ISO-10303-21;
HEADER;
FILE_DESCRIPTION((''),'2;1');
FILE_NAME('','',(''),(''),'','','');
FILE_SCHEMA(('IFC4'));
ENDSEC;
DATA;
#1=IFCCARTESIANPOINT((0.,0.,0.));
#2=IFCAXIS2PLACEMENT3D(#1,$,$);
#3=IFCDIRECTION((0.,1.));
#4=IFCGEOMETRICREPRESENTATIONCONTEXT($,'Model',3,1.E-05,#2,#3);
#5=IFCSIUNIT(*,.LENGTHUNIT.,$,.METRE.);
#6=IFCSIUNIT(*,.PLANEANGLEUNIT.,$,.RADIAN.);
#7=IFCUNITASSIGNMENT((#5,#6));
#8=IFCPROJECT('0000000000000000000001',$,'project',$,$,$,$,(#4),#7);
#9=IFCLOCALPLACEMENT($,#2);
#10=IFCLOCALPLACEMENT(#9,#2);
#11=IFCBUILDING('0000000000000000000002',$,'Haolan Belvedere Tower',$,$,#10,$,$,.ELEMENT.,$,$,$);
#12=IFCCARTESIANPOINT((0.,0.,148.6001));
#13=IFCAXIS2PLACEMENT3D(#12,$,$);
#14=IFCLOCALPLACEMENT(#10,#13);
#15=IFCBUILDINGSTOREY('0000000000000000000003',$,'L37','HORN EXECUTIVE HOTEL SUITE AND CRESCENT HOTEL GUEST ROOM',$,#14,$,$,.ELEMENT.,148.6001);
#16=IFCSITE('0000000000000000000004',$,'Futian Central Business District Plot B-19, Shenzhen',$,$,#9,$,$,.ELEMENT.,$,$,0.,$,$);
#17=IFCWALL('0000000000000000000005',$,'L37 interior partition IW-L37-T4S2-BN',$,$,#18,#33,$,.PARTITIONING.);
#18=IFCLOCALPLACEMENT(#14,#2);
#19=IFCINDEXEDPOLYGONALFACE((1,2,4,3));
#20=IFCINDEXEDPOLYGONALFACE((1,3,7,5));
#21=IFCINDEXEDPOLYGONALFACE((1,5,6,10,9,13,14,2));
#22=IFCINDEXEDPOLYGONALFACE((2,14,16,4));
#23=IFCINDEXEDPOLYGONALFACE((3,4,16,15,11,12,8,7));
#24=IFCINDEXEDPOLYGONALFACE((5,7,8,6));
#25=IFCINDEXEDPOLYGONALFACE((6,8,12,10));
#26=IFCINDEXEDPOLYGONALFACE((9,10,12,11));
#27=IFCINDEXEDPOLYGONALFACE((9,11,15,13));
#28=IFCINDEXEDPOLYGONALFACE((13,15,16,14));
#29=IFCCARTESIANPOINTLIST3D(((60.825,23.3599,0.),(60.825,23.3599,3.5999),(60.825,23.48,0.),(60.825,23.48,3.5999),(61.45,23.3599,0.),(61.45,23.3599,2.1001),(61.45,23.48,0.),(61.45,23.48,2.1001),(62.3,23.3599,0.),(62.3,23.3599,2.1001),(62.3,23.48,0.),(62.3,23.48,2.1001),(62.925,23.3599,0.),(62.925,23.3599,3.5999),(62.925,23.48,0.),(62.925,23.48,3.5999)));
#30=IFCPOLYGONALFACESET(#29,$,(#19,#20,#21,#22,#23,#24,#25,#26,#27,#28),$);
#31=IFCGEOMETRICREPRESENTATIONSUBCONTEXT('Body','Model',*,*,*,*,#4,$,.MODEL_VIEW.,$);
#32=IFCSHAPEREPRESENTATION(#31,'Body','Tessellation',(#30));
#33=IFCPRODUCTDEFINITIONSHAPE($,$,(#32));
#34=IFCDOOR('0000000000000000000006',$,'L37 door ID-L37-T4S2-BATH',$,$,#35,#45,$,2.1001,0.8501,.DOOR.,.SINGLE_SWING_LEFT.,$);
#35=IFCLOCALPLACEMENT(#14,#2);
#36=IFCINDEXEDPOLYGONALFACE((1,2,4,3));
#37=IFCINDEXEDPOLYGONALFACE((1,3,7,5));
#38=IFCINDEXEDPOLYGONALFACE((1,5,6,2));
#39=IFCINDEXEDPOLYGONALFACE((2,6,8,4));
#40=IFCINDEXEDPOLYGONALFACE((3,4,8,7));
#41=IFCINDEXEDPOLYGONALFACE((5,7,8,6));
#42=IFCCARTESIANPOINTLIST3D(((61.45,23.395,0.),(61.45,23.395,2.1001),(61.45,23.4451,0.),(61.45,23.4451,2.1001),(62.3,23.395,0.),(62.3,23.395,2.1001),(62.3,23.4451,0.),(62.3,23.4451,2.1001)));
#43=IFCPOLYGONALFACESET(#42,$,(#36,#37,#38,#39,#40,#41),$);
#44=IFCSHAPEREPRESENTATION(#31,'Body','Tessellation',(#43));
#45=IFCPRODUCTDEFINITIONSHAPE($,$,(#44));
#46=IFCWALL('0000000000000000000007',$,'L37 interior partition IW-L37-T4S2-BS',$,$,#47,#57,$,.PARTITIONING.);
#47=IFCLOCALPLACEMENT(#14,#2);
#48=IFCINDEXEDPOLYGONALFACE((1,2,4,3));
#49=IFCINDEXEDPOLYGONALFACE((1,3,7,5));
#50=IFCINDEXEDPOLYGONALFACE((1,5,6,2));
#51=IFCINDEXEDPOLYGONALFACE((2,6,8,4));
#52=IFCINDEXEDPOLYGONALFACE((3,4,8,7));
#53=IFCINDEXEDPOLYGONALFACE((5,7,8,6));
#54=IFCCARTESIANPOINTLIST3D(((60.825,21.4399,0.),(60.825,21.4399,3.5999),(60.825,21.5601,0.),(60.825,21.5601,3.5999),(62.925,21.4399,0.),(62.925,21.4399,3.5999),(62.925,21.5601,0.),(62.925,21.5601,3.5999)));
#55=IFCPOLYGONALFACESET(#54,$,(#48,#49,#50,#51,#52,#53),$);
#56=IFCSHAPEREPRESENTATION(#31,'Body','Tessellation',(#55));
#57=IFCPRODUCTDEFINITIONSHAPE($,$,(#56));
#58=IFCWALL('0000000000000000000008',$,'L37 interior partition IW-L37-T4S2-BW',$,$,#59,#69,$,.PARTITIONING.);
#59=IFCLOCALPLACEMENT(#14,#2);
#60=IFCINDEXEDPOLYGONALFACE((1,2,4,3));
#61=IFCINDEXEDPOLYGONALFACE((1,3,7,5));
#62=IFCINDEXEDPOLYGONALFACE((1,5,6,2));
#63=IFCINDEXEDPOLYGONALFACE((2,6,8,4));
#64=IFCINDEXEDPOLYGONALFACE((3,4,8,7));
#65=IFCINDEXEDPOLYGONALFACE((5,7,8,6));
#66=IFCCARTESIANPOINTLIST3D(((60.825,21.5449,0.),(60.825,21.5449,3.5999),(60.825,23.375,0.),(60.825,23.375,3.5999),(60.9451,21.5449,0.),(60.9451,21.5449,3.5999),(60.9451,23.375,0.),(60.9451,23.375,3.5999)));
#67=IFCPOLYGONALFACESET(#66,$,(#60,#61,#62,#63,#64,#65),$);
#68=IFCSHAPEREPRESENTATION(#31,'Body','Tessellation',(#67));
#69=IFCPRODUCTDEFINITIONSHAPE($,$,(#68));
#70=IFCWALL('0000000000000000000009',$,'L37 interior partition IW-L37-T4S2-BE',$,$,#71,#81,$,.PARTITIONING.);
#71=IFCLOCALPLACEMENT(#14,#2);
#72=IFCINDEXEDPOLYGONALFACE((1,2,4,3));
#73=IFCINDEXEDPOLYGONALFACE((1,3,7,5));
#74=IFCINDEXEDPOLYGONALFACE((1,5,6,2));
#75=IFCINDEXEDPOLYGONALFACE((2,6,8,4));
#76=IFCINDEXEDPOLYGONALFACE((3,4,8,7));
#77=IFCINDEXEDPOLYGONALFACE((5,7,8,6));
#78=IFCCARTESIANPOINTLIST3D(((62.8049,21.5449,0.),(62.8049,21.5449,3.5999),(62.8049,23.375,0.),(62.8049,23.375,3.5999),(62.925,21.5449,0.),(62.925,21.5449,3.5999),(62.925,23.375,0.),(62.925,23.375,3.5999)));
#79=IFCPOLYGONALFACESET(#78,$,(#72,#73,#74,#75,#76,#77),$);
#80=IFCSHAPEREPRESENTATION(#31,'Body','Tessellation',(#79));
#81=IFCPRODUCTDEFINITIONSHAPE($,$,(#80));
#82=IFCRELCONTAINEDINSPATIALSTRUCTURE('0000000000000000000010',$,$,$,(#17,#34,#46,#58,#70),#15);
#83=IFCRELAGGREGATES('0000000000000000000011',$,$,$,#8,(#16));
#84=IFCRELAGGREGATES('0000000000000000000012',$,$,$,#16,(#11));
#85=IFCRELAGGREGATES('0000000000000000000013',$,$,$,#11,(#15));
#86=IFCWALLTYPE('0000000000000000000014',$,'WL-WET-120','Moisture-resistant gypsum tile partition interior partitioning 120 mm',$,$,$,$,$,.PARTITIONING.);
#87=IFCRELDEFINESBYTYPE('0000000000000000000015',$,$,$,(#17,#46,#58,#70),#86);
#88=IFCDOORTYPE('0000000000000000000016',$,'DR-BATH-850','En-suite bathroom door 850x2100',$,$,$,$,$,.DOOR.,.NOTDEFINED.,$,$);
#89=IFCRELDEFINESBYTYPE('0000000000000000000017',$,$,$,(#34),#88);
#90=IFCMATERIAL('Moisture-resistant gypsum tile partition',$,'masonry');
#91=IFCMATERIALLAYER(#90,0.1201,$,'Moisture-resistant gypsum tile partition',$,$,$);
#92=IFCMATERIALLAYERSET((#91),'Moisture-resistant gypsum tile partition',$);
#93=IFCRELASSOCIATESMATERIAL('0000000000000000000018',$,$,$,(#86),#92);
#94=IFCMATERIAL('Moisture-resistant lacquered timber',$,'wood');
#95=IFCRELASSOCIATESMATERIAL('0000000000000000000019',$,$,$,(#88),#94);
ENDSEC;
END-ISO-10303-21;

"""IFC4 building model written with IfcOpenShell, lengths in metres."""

from ifc_helpers import new_model, si_unit, direction, frame, frame_2d, origin, place, context, subcontext, project, spatial, rectangle, extrude, material, layer, layer_set, type_object, element, fill, save


model = new_model("IFC4")

# Units and contexts
model_context = context("Model", 3, precision=1e-05, world=origin(), true_north=direction((0.0, 1.0)))
body_context = subcontext(model_context, "Body", "Model", "MODEL_VIEW")
ifc_project = project(units=[si_unit("LENGTHUNIT", "METRE"), si_unit("PLANEANGLEUNIT", "RADIAN")], contexts=[model_context])

# Site, building, storey
site_placement = place(None, origin())
site = spatial("IfcSite", under=ifc_project, at=site_placement, Name="Futian Central Business District Plot B-19, Shenzhen", CompositionType="ELEMENT", RefElevation=0.0)
building_placement = place(site_placement, origin())
building = spatial("IfcBuilding", under=site, at=building_placement, Name="Haolan Belvedere Tower", CompositionType="ELEMENT")
storey_placement = place(building_placement, frame((0.0, 0.0, 148.6001)))
storey = spatial("IfcBuildingStorey", under=building, at=storey_placement, Name="L37", Description="HORN EXECUTIVE HOTEL SUITE AND CRESCENT HOTEL GUEST ROOM", CompositionType="ELEMENT", Elevation=148.6001)

# Shared definitions
ifc_material_1 = material(Name="Moisture-resistant gypsum tile partition", Category="masonry")
ifc_layer_1 = layer(ifc_material_1, 0.1201, Name="Moisture-resistant gypsum tile partition")
ifc_layer_set_1 = layer_set([ifc_layer_1], Name="Moisture-resistant gypsum tile partition")
wall_type_1 = type_object("IfcWallType", Name="WL-WET-120", Description="Moisture-resistant gypsum tile partition interior partitioning 120 mm", PredefinedType="PARTITIONING", material=ifc_layer_set_1)

# Shared definitions
ifc_material_2 = material(Name="Moisture-resistant lacquered timber", Category="wood")
door_type = type_object("IfcDoorType", Name="DR-BATH-850", Description="En-suite bathroom door 850x2100", OperationType="NOTDEFINED", PredefinedType="DOOR", material=ifc_material_2)

# Wall, opening, door
wall_1_placement = place(storey_placement, frame((60.825, 23.4199, 0.0), z_axis=(0.0, 0.0, 1.0), x_axis=(1.0, 0.0, 0.0)))
wall_1 = element("IfcWall", 1, at=wall_1_placement, inside=storey, type_object=wall_type_1, Name="L37 interior partition IW-L37-T4S2-BN", PredefinedType="PARTITIONING", context=body_context, shape_type="SweptSolid", body=[
    extrude(rectangle(XDim=2.1001, YDim=0.1201, at=frame_2d((1.05, 0.0))), origin(), (0.0, 0.0, 1.0), 3.5999),
])
opening_1_placement = place(wall_1_placement, frame((1.4751, 0.0, 0.0), z_axis=(0.0, 0.0, 1.0), x_axis=(-1.0, 0.0, 0.0)))
opening_1 = element("IfcOpeningElement", 2, at=opening_1_placement, cuts=wall_1, PredefinedType="OPENING", context=body_context, shape_type="SweptSolid", body=[
    extrude(rectangle(XDim=0.8501, YDim=2.1001, at=frame_2d((0.425, 1.05))), frame((0.0, 0.0701, 0.0), z_axis=(0.0, -1.0, 0.0), x_axis=(1.0, 0.0, 0.0)), (0.0, 0.0, 1.0), 0.1401),
])
door_1_placement = place(opening_1_placement, origin())
door_1 = element("IfcDoor", 3, at=door_1_placement, inside=storey, type_object=door_type, Name="L37 door ID-L37-T4S2-BATH", OperationType="SINGLE_SWING_LEFT", OverallHeight=2.1001, OverallWidth=0.8501, PredefinedType="DOOR", context=body_context, shape_type="SweptSolid", body=[
    extrude(rectangle(XDim=0.8501, YDim=2.1001, at=frame_2d((0.425, 1.05))), frame((0.0, 0.0249, 0.0), z_axis=(0.0, -1.0, 0.0), x_axis=(1.0, 0.0, 0.0)), (0.0, 0.0, 1.0), 0.05),
])
fill(opening_1, door_1)

# Walls
wall_2_placement = place(storey_placement, frame((60.825, 21.5, 0.0), z_axis=(0.0, 0.0, 1.0), x_axis=(1.0, 0.0, 0.0)))
element("IfcWall", 4, at=wall_2_placement, inside=storey, type_object=wall_type_1, Name="L37 interior partition IW-L37-T4S2-BS", PredefinedType="PARTITIONING", context=body_context, shape_type="SweptSolid", body=[
    extrude(rectangle(XDim=2.1001, YDim=0.1201, at=frame_2d((1.05, 0.0))), origin(), (0.0, 0.0, 1.0), 3.5999),
])
for number, where, z_axis, x_axis, name in (
    (5, (60.885, 21.5449, 0.0), (0.0, 0.0, 1.0), (0.0, 1.0, 0.0), "L37 interior partition IW-L37-T4S2-BW"),
    (6, (62.865, 21.5449, 0.0), (0.0, 0.0, 1.0), (0.0, 1.0, 0.0), "L37 interior partition IW-L37-T4S2-BE"),
):
    element("IfcWall", number, at=place(storey_placement, frame(where, z_axis=z_axis, x_axis=x_axis)), inside=storey, type_object=wall_type_1, Name=name, PredefinedType="PARTITIONING", context=body_context, shape_type="SweptSolid", body=[
        extrude(rectangle(XDim=1.8301, YDim=0.1201, at=frame_2d((0.915, 0.0))), origin(), (0.0, 0.0, 1.0), 3.5999),
    ])

save(model, "model.ifc")
